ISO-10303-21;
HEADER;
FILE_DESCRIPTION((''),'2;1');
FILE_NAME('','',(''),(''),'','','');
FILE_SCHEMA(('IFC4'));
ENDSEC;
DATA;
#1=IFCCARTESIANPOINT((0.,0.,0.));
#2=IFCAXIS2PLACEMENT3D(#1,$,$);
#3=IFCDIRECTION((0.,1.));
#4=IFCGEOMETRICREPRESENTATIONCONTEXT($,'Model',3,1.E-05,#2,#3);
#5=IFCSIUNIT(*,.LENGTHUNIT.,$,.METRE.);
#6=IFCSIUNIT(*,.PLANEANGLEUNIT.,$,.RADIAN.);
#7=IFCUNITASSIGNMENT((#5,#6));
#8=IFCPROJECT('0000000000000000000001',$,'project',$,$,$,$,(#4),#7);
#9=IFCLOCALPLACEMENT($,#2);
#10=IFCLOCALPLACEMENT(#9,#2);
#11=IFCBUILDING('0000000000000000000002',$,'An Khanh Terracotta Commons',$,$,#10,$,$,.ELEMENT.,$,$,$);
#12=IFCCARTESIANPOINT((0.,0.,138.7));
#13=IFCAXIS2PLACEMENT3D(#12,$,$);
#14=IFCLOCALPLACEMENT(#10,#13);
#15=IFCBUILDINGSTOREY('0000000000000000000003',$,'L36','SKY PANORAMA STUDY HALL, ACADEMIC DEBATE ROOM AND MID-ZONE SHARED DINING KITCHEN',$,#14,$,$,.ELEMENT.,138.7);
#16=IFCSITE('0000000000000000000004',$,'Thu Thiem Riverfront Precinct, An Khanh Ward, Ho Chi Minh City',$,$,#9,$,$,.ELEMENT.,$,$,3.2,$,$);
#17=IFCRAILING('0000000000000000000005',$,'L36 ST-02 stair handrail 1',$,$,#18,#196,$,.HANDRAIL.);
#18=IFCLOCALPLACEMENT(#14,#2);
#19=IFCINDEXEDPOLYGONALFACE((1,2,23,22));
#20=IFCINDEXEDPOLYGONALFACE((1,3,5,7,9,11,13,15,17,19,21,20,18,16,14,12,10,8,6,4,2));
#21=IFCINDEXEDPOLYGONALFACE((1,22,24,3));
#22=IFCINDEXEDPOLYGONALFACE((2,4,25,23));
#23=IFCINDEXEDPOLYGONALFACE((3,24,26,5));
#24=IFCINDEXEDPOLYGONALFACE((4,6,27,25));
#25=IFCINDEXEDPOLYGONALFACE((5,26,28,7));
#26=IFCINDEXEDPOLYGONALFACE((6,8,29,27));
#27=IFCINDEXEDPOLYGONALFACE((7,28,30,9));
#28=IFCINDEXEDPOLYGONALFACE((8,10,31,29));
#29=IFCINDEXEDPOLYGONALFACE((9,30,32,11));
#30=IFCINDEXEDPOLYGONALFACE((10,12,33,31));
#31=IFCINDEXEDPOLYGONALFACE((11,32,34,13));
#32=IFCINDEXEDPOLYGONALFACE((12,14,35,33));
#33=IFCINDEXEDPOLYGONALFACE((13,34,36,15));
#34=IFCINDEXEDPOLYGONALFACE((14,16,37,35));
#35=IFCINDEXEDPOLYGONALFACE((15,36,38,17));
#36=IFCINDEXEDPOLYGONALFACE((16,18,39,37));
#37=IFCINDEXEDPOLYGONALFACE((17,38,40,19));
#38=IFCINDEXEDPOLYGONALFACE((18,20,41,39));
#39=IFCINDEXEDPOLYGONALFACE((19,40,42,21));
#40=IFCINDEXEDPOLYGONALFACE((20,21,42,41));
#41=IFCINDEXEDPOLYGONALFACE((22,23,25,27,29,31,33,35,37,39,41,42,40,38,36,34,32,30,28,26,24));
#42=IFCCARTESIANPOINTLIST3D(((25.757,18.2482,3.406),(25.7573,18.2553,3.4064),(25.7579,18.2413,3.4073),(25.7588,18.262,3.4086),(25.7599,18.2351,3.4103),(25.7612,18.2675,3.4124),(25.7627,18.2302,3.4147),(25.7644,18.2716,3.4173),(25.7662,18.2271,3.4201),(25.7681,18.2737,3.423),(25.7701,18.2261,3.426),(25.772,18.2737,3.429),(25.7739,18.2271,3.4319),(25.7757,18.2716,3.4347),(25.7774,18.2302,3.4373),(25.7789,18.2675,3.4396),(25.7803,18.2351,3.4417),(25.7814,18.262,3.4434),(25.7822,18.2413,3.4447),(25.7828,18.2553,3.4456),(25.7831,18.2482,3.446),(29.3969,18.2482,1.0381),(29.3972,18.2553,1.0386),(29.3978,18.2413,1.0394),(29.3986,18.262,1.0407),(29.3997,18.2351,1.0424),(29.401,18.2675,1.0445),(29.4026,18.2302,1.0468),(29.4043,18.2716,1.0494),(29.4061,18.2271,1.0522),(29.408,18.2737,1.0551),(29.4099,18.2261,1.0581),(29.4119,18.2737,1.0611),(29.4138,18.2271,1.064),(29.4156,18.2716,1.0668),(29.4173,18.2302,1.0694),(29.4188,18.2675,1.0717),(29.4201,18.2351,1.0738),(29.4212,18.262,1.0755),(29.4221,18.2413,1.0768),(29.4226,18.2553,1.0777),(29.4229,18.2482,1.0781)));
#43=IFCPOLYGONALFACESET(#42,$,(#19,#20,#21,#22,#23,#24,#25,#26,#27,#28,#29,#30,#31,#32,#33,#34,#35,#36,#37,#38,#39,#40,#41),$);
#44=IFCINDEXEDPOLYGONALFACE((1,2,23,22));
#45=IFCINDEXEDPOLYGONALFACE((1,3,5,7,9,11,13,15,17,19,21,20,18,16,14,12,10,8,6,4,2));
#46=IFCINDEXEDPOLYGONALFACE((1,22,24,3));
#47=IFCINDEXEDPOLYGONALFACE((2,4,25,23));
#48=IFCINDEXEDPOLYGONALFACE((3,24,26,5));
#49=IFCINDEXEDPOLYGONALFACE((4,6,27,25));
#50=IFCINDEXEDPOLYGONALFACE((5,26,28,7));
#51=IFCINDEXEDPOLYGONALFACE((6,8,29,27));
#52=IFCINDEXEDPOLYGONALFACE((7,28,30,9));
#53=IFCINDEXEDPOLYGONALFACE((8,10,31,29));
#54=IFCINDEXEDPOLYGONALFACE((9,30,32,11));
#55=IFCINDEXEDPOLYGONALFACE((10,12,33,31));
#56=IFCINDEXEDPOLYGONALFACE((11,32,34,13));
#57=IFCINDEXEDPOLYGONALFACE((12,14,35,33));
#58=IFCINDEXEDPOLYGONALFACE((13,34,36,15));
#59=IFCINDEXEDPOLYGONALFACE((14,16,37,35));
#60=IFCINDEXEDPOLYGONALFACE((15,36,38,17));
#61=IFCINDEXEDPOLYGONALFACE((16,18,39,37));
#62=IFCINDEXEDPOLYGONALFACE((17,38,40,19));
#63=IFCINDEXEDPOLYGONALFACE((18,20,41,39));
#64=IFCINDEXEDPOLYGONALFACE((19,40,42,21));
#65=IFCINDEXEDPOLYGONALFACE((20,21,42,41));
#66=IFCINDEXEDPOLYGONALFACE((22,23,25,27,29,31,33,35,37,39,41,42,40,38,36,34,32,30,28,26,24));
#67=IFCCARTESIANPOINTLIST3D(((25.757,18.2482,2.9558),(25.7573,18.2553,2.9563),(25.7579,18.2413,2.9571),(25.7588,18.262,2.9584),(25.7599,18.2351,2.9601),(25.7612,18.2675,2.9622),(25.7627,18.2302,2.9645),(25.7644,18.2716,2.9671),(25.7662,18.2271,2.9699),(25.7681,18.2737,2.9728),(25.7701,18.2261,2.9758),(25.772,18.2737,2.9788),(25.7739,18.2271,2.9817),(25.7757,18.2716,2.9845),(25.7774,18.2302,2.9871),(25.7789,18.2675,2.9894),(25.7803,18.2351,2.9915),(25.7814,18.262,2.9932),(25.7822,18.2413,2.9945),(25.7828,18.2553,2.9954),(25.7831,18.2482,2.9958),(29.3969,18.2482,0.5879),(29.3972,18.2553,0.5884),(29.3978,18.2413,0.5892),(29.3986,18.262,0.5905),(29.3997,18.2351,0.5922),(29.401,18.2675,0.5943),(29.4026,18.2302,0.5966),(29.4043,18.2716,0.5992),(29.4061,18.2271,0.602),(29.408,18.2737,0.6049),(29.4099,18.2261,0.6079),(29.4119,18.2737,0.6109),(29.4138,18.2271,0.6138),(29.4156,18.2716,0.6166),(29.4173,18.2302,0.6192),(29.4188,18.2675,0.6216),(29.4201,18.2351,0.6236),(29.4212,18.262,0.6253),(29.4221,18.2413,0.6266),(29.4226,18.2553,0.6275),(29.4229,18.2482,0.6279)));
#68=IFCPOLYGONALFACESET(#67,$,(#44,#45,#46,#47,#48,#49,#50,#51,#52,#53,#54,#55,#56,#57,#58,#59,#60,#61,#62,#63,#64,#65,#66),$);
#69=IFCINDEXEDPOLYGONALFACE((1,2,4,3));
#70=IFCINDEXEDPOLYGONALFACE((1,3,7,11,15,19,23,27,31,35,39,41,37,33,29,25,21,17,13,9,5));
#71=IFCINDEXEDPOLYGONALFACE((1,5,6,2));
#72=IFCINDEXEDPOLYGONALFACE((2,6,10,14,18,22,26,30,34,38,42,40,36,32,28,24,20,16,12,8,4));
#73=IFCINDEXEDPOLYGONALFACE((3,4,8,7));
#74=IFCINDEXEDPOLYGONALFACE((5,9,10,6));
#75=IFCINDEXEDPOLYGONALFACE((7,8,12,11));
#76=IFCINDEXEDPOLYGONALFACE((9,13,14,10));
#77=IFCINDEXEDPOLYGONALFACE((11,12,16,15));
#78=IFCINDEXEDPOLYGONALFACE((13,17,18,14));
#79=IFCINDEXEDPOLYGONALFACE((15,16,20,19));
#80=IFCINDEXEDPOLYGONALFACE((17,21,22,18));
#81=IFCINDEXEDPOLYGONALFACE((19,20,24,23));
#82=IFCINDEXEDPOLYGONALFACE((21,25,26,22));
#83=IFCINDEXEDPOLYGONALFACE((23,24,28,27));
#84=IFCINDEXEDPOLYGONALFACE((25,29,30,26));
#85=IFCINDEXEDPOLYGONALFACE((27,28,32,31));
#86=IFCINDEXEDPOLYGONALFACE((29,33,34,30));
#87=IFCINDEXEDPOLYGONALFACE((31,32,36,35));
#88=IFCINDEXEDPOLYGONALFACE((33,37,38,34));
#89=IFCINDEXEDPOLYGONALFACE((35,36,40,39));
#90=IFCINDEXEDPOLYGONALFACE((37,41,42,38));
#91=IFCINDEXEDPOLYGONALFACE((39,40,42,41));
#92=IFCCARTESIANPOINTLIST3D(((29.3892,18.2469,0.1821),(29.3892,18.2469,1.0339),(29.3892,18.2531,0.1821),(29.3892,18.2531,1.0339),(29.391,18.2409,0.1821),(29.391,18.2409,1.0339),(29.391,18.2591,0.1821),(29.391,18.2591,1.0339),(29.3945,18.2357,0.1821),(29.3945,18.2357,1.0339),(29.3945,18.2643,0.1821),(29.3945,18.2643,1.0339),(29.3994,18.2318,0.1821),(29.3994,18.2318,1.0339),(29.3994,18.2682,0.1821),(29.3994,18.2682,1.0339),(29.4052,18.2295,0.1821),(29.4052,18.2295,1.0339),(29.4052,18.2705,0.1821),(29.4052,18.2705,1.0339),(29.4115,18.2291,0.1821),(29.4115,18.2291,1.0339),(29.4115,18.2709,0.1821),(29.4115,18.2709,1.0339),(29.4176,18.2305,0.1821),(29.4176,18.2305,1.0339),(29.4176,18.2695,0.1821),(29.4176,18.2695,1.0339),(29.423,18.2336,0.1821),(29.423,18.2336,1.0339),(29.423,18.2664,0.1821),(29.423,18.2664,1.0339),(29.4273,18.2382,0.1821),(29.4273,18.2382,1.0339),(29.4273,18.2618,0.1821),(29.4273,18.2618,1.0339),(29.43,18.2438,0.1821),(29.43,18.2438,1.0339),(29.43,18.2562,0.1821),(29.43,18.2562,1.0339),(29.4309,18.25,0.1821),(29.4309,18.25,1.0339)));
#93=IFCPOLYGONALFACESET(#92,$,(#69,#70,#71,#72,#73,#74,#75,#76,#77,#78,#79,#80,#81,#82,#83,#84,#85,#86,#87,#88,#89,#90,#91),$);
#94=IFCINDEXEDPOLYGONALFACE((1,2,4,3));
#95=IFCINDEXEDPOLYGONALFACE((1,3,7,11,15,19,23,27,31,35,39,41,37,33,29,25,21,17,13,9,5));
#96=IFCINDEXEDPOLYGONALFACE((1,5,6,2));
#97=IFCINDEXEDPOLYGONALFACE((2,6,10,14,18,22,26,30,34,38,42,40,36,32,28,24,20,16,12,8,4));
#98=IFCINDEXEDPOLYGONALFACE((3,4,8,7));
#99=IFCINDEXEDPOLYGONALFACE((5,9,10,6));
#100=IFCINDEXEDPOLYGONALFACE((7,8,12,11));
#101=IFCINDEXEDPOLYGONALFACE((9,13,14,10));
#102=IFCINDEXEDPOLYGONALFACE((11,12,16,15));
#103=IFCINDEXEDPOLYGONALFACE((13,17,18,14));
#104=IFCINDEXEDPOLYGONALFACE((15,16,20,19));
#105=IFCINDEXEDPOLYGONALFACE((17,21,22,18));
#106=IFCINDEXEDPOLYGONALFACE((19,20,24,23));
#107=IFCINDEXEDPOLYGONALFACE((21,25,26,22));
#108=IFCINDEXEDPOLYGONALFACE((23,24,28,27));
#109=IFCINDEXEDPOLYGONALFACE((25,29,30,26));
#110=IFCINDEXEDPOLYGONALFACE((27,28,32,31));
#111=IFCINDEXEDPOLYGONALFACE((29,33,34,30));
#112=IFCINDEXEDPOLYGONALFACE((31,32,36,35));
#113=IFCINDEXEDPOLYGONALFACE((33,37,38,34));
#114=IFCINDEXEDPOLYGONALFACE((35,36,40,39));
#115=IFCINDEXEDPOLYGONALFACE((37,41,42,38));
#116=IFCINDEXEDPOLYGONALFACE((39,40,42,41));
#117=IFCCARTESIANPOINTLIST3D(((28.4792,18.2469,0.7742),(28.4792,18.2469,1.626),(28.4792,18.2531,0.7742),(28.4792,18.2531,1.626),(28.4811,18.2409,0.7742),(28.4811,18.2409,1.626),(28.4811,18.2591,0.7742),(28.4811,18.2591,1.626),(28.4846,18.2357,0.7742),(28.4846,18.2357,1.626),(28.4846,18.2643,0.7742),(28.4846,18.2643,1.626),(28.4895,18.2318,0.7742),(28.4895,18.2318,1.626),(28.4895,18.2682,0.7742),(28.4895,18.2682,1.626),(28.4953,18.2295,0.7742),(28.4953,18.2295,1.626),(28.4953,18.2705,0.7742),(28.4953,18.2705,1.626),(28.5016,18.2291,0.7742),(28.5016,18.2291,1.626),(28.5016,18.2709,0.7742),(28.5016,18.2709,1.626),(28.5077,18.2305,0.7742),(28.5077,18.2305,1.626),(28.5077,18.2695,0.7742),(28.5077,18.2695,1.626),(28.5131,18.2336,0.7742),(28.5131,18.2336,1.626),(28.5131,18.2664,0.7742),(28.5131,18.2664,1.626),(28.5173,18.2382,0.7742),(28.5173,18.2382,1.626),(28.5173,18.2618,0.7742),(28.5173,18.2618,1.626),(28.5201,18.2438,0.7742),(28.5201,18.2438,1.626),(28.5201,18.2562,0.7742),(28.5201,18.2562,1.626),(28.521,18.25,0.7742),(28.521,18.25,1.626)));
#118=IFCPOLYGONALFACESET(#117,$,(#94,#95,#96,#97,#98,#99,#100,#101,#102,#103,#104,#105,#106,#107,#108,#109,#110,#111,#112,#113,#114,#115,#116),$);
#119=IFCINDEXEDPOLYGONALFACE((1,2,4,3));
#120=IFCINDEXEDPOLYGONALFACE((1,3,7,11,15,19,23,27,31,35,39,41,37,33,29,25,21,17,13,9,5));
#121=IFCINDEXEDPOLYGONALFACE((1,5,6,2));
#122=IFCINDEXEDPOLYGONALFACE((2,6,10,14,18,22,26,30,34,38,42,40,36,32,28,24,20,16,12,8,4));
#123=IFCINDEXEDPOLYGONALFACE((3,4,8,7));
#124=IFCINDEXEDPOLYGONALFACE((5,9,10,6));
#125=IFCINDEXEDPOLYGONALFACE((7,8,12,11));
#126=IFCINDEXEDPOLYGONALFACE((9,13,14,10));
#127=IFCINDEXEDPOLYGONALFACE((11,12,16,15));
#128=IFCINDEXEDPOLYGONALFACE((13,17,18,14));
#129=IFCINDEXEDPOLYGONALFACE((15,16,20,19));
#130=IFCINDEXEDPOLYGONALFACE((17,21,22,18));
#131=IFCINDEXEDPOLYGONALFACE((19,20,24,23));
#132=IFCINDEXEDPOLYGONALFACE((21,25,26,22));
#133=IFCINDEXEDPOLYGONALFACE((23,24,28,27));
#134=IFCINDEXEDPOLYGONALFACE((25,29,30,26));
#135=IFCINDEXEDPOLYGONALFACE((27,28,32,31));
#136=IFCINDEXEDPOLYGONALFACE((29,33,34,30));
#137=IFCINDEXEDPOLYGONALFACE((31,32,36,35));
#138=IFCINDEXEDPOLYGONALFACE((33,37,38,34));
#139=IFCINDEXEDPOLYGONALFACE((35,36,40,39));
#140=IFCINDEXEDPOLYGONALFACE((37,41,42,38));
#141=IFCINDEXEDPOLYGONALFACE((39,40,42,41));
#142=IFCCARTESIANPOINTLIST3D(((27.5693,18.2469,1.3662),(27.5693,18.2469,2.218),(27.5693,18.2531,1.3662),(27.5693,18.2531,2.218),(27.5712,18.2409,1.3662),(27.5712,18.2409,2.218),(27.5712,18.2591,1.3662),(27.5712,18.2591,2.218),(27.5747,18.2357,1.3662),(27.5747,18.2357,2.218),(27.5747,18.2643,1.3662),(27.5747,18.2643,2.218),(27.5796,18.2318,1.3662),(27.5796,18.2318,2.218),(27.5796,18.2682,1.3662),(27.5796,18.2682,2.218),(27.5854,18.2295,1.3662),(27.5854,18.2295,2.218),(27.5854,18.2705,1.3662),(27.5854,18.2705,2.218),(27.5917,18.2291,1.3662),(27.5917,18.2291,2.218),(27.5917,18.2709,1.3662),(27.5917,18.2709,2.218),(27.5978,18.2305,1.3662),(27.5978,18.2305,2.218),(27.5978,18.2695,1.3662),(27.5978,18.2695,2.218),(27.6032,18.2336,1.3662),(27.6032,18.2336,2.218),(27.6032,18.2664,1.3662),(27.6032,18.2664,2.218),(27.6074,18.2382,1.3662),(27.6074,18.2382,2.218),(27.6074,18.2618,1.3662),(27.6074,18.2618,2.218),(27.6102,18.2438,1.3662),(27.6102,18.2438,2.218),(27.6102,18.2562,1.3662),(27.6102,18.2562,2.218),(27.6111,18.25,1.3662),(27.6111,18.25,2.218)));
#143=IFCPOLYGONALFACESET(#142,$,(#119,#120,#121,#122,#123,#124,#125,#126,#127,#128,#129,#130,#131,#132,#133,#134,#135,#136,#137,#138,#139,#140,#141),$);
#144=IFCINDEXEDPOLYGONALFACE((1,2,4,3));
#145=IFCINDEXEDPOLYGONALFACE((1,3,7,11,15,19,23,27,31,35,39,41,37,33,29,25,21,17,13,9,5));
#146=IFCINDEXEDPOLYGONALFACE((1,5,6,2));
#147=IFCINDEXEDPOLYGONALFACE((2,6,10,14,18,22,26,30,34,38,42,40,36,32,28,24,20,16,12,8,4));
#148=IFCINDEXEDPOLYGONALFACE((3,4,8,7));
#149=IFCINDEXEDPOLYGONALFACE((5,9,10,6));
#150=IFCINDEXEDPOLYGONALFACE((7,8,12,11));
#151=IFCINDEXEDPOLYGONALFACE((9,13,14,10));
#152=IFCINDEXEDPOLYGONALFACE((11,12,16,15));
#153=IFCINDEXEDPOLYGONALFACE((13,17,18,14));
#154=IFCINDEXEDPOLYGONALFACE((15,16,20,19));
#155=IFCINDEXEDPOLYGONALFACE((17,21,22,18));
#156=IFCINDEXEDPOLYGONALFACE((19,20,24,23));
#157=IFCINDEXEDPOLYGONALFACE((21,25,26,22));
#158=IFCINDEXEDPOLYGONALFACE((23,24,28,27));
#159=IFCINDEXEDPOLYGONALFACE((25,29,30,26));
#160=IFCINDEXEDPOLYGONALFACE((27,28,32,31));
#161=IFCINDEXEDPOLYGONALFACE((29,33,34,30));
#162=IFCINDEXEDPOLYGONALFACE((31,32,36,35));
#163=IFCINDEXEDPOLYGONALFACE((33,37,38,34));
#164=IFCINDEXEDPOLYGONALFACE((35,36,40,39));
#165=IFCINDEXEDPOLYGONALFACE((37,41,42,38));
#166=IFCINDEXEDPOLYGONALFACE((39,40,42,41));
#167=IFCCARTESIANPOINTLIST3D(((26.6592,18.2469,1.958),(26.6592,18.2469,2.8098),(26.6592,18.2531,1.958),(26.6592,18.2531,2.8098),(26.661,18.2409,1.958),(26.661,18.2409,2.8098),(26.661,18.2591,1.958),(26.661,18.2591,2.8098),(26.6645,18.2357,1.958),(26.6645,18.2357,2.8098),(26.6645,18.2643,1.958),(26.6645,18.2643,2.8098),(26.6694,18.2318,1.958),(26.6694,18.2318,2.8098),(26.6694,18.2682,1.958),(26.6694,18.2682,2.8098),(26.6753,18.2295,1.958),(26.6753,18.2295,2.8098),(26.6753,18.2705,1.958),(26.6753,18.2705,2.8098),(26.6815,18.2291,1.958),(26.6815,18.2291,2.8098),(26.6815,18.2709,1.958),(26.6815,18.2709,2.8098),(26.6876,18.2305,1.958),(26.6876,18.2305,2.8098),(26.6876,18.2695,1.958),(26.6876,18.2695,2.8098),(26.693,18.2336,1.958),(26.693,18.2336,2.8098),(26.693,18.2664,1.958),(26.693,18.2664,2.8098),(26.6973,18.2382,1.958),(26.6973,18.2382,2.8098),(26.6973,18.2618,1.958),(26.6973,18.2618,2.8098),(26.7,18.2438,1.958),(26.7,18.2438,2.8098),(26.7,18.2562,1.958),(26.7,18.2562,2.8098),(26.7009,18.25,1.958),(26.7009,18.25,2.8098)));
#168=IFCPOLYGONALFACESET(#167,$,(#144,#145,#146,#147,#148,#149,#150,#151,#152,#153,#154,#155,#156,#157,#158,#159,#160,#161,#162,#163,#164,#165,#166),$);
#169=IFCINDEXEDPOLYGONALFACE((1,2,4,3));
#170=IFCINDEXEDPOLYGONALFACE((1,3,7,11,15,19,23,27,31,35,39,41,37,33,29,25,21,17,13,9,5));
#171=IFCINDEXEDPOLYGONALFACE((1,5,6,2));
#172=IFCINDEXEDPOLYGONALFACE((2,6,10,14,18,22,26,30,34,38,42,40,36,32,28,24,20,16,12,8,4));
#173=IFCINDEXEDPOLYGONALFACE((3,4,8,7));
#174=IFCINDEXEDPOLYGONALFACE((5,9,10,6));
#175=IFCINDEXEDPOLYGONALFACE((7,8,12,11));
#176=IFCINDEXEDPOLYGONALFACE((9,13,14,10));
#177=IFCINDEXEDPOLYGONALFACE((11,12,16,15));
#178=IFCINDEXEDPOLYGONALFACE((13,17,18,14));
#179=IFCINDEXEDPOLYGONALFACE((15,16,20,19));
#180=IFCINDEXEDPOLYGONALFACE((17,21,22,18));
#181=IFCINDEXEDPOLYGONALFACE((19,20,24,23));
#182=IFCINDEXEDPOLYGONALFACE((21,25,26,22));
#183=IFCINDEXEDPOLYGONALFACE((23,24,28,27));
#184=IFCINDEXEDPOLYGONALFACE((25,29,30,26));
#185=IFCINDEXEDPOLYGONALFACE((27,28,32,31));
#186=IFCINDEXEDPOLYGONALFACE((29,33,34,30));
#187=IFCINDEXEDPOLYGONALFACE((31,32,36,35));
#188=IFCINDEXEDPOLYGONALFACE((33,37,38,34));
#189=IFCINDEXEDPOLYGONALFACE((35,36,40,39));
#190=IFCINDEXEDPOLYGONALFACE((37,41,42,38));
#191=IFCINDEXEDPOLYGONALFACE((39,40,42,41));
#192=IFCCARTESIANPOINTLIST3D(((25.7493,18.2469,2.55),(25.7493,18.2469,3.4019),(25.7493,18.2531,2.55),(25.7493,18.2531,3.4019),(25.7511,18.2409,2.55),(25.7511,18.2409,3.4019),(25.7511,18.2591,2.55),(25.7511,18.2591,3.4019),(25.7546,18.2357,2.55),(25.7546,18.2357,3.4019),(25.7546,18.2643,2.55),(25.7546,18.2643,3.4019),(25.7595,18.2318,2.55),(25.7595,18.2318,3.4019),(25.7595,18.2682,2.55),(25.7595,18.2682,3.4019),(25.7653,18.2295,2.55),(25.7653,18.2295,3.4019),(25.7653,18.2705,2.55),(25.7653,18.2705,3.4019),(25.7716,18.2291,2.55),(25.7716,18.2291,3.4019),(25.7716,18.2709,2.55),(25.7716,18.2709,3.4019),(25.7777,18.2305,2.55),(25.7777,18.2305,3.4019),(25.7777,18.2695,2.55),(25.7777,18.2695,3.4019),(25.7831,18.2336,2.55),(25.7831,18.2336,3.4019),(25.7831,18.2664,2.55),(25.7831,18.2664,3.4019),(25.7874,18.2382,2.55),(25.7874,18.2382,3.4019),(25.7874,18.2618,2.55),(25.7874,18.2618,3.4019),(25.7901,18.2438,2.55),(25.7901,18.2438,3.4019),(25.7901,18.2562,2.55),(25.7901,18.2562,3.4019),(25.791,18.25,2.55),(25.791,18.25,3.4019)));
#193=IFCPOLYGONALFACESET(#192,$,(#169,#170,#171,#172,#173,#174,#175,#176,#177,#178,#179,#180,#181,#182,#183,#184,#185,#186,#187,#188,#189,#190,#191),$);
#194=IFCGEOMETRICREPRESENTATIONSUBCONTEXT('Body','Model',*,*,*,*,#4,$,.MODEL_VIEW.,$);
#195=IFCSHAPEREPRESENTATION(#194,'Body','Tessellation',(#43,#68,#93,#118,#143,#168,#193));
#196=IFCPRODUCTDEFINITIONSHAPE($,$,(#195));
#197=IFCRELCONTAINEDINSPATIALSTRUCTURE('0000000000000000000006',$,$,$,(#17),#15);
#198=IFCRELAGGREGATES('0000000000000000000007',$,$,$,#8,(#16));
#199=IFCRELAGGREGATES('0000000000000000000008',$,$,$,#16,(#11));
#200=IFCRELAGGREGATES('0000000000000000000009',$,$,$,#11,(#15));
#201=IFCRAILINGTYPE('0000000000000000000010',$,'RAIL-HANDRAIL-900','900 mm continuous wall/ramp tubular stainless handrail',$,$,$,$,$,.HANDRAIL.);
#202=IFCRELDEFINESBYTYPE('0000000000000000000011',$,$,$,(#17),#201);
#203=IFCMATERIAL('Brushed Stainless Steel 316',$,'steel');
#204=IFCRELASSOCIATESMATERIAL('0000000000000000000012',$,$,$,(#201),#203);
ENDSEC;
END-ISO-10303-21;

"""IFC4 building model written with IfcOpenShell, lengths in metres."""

from ifc_helpers import new_model, si_unit, direction, frame, origin, origin_2d, place, context, subcontext, project, spatial, circle, extrude, material, type_object, element, save


model = new_model("IFC4")

# Units and contexts
model_context = context("Model", 3, precision=1e-05, world=origin(), true_north=direction((0.0, 1.0)))
body_context = subcontext(model_context, "Body", "Model", "MODEL_VIEW")
ifc_project = project(units=[si_unit("LENGTHUNIT", "METRE"), si_unit("PLANEANGLEUNIT", "RADIAN")], contexts=[model_context])

# Site, building, storey
site_placement = place(None, origin())
site = spatial("IfcSite", under=ifc_project, at=site_placement, Name="Thu Thiem Riverfront Precinct, An Khanh Ward, Ho Chi Minh City", CompositionType="ELEMENT", RefElevation=3.2)
building_placement = place(site_placement, origin())
building = spatial("IfcBuilding", under=site, at=building_placement, Name="An Khanh Terracotta Commons", CompositionType="ELEMENT")
storey_placement = place(building_placement, frame((0.0, 0.0, 138.7)))
storey = spatial("IfcBuildingStorey", under=building, at=storey_placement, Name="L36", Description="SKY PANORAMA STUDY HALL, ACADEMIC DEBATE ROOM AND MID-ZONE SHARED DINING KITCHEN", CompositionType="ELEMENT", Elevation=138.7)

# Railing
ifc_material_1 = material(Name="Brushed Stainless Steel 316", Category="steel")
railing_type_1 = type_object("IfcRailingType", Name="RAIL-HANDRAIL-900", Description="900 mm continuous wall/ramp tubular stainless handrail", PredefinedType="HANDRAIL", material=ifc_material_1)
railing_1_placement = place(storey_placement, frame((29.4099, 18.25, 0.1821)))
element("IfcRailing", 1, at=railing_1_placement, inside=storey, type_object=railing_type_1, Name="L36 ST-02 stair handrail 1", PredefinedType="HANDRAIL", context=body_context, shape_type="SweptSolid", body=[
    extrude(circle(Radius=0.0239, at=origin_2d()), frame((0.0, 0.0, 0.876), z_axis=(-0.838234, 0.0, 0.54531), x_axis=(0.0, -1.0, 0.0)), (0.0, 0.0, 1.0), 4.3423),
    extrude(circle(Radius=0.0239, at=origin_2d()), frame((0.0, 0.0, 0.4258), z_axis=(-0.838234, 0.0, 0.54531), x_axis=(0.0, -1.0, 0.0)), (0.0, 0.0, 1.0), 4.3423),
    extrude(circle(Radius=0.021, at=origin_2d()), origin(), (0.0, 0.0, 1.0), 0.8518),
    extrude(circle(Radius=0.021, at=origin_2d()), frame((-0.9099, 0.0, 0.592)), (0.0, 0.0, 1.0), 0.8518),
    extrude(circle(Radius=0.021, at=origin_2d()), frame((-1.8198, 0.0, 1.1841)), (0.0, 0.0, 1.0), 0.8518),
    extrude(circle(Radius=0.021, at=origin_2d()), frame((-2.73, 0.0, 1.7759)), (0.0, 0.0, 1.0), 0.8518),
    extrude(circle(Radius=0.021, at=origin_2d()), frame((-3.6399, 0.0, 2.3679)), (0.0, 0.0, 1.0), 0.8518),
])

save(model, "model.ifc")
